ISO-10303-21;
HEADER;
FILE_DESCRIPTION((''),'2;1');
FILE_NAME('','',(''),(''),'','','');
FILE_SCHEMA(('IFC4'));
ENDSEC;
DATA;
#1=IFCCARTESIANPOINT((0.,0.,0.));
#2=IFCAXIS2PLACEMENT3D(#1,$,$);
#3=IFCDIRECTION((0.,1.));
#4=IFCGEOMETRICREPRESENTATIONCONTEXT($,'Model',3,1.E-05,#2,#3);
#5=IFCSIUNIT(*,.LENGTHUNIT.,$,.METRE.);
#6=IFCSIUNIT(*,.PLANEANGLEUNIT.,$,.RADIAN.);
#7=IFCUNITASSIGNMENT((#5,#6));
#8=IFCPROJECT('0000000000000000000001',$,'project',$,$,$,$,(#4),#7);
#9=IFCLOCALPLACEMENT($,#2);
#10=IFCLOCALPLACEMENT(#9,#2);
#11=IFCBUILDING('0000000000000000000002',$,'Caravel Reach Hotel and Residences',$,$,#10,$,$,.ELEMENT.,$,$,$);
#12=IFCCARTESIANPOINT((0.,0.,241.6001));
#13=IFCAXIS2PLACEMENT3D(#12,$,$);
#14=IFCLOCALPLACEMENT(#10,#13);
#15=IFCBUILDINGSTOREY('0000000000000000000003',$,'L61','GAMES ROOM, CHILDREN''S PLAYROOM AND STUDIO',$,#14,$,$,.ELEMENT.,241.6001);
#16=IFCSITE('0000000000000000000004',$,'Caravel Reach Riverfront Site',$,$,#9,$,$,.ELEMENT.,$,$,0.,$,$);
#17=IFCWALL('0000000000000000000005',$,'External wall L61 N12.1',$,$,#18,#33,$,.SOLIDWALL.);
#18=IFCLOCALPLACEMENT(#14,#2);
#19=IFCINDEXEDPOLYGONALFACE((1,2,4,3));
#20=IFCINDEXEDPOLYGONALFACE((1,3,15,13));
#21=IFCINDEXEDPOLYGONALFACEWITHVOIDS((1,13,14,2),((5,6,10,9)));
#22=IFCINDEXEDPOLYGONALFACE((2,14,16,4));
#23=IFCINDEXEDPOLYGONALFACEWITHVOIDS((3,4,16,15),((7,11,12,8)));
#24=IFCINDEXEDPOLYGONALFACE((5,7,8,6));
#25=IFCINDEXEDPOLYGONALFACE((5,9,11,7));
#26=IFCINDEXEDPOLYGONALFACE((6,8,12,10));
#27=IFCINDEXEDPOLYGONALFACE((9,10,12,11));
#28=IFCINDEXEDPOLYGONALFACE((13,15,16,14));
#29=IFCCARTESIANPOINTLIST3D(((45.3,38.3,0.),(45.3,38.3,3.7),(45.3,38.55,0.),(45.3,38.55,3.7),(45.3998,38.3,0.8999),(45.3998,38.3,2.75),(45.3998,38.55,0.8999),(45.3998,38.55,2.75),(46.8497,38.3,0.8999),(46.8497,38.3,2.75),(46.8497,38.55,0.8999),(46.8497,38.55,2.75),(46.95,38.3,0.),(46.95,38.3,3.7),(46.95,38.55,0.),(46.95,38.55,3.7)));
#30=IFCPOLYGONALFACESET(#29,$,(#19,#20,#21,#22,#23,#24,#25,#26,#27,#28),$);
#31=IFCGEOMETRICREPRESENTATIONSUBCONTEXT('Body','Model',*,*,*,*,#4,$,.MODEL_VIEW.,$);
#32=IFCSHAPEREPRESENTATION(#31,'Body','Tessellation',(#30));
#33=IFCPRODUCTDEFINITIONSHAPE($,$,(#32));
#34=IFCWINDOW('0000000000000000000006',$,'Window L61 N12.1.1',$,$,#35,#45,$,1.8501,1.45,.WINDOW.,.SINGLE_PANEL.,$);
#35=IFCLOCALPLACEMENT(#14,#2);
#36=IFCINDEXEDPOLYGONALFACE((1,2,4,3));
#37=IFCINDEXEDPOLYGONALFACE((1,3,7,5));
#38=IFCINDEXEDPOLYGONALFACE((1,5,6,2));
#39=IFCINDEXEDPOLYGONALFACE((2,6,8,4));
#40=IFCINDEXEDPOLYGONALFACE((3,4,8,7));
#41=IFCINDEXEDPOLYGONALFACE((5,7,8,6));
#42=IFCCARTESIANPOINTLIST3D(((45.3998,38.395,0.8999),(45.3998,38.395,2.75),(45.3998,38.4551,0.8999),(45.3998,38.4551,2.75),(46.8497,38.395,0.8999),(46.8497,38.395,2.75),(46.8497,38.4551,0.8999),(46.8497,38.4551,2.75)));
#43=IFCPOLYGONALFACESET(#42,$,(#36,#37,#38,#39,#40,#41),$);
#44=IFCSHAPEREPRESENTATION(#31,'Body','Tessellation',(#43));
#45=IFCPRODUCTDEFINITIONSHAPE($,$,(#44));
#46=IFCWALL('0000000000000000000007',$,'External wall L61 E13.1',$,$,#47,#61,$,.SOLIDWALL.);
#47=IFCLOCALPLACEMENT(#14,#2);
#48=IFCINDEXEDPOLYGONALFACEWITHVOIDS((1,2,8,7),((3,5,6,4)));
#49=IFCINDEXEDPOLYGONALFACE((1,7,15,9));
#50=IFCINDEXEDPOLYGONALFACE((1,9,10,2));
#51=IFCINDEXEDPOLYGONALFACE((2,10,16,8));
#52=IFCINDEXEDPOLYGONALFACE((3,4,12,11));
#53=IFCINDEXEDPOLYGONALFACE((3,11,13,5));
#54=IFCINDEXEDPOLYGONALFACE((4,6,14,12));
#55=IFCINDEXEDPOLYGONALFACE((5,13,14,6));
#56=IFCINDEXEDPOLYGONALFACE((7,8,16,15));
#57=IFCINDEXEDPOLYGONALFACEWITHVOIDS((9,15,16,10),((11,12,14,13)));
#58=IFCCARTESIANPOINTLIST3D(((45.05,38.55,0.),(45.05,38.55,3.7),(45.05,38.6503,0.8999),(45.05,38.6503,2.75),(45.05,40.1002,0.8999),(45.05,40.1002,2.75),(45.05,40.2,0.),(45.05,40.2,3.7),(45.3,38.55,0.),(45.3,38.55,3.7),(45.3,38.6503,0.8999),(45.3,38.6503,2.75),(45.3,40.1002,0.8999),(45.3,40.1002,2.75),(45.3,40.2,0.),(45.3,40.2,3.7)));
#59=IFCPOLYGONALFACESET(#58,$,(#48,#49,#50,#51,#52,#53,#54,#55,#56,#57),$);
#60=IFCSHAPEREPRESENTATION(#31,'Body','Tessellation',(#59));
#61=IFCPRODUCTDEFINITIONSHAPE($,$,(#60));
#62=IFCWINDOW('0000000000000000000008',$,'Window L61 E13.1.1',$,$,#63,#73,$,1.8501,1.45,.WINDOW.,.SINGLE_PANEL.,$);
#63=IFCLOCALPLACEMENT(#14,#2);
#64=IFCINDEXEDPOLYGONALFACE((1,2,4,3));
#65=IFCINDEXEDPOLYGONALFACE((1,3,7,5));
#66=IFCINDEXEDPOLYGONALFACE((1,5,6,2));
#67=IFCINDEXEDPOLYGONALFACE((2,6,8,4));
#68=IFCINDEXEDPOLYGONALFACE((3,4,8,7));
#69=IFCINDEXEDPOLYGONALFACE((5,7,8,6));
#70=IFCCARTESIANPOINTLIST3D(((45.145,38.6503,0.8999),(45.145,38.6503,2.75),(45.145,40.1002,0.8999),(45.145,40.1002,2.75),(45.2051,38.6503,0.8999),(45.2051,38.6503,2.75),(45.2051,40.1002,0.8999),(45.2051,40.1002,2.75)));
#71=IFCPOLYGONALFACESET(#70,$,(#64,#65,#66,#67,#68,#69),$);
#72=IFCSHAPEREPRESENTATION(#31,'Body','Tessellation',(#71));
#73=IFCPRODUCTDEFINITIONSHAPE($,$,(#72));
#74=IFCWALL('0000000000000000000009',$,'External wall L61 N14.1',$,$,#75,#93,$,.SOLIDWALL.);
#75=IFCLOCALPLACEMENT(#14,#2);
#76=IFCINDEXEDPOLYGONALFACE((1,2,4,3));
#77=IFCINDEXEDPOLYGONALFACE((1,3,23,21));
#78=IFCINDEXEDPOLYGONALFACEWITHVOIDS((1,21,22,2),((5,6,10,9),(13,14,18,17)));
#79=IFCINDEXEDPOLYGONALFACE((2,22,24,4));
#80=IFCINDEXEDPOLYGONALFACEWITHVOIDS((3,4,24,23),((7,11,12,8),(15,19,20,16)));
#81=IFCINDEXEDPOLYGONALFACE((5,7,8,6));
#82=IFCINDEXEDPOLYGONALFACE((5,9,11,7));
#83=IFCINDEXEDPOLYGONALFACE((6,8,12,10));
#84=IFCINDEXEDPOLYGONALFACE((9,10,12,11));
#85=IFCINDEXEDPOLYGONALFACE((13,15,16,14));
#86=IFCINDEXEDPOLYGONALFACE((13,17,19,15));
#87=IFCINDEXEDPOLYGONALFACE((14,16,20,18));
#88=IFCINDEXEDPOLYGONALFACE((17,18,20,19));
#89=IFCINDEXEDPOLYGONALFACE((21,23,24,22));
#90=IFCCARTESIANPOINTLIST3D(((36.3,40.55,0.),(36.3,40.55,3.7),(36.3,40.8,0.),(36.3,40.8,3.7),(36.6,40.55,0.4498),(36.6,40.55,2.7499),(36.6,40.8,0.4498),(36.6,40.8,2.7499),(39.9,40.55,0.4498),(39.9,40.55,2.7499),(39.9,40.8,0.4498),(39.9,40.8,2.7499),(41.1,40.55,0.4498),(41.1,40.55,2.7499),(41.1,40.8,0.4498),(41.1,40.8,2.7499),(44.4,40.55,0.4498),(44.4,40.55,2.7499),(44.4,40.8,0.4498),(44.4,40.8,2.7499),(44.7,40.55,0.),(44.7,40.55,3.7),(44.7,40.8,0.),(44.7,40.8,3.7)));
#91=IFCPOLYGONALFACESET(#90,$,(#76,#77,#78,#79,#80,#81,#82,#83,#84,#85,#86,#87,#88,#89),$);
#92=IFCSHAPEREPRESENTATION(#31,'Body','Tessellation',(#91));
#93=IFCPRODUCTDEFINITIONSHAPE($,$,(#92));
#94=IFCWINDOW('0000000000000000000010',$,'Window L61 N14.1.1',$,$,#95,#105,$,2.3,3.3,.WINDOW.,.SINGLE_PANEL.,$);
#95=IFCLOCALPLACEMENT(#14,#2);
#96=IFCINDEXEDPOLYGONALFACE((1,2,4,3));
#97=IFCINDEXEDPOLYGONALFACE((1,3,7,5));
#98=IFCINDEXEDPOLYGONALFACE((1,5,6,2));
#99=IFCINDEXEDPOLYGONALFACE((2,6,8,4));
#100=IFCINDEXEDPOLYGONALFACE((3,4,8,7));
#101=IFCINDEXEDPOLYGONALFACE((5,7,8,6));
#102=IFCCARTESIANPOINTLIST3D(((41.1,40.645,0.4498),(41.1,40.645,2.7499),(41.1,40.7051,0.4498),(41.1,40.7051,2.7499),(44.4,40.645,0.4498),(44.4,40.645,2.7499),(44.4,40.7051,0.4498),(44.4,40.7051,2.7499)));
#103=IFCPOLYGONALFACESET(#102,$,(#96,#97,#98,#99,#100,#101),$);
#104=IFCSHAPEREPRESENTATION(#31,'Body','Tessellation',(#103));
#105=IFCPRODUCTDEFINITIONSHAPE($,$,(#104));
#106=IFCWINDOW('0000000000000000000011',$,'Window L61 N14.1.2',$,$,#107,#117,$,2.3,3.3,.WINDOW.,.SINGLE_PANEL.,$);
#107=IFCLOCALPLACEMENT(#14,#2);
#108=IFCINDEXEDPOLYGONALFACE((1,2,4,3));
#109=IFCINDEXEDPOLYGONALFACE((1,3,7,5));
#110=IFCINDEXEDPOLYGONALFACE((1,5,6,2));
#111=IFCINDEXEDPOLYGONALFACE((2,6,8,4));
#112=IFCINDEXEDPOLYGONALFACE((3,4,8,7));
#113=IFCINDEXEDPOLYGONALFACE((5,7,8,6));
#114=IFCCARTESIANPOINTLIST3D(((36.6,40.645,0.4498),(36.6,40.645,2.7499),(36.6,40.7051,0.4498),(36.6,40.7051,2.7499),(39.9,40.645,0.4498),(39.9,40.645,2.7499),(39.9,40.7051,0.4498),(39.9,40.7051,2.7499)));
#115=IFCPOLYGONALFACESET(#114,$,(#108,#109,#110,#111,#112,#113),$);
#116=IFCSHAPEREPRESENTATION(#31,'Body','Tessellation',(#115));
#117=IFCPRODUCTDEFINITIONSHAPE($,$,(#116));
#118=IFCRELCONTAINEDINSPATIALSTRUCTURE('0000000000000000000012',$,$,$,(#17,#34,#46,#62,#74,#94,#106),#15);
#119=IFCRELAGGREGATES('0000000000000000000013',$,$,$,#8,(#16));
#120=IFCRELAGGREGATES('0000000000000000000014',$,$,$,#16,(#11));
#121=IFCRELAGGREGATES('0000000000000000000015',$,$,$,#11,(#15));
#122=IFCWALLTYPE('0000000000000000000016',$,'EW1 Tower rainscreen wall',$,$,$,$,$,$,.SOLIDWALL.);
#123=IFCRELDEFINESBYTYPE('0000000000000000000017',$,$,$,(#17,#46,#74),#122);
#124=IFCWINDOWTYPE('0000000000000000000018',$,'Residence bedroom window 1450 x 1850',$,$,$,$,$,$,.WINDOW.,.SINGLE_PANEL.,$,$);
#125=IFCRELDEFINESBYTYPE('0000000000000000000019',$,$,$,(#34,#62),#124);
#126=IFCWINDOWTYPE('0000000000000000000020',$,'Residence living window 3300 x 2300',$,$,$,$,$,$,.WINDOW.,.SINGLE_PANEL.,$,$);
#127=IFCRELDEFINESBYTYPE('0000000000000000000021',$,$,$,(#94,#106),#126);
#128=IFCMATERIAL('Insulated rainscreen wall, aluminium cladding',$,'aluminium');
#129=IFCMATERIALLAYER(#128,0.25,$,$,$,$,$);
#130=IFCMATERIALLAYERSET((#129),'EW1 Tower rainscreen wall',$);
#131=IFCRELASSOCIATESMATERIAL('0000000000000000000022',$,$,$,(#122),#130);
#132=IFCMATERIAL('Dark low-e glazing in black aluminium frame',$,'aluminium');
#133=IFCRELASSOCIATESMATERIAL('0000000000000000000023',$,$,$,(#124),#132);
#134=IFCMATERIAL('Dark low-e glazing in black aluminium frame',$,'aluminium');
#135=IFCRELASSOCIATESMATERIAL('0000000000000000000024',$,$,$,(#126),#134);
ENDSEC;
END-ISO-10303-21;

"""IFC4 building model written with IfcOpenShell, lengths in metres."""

from ifc_helpers import new_model, si_unit, direction, frame, frame_2d, origin, place, context, subcontext, project, spatial, rectangle, extrude, material, layer, layer_set, type_object, element, fill, save


model = new_model("IFC4")

# Units and contexts
model_context = context("Model", 3, precision=1e-05, world=origin(), true_north=direction((0.0, 1.0)))
body_context = subcontext(model_context, "Body", "Model", "MODEL_VIEW")
ifc_project = project(units=[si_unit("LENGTHUNIT", "METRE"), si_unit("PLANEANGLEUNIT", "RADIAN")], contexts=[model_context])

# Site, building, storey
site_placement = place(None, origin())
site = spatial("IfcSite", under=ifc_project, at=site_placement, Name="Caravel Reach Riverfront Site", CompositionType="ELEMENT", RefElevation=0.0)
building_placement = place(site_placement, origin())
building = spatial("IfcBuilding", under=site, at=building_placement, Name="Caravel Reach Hotel and Residences", CompositionType="ELEMENT")
storey_placement = place(building_placement, frame((0.0, 0.0, 241.6001)))
storey = spatial("IfcBuildingStorey", under=building, at=storey_placement, Name="L61", Description="GAMES ROOM, CHILDREN'S PLAYROOM AND STUDIO", CompositionType="ELEMENT", Elevation=241.6001)

# Walls, openings, windows
ifc_material_1 = material(Name="Insulated rainscreen wall, aluminium cladding", Category="aluminium")
ifc_layer = layer(ifc_material_1, 0.25)
ifc_layer_set = layer_set([ifc_layer], Name="EW1 Tower rainscreen wall")
wall_type = type_object("IfcWallType", Name="EW1 Tower rainscreen wall", PredefinedType="SOLIDWALL", material=ifc_layer_set)
ifc_material_2 = material(Name="Dark low-e glazing in black aluminium frame", Category="aluminium")
window_type_1 = type_object("IfcWindowType", Name="Residence bedroom window 1450 x 1850", PartitioningType="SINGLE_PANEL", PredefinedType="WINDOW", material=ifc_material_2)
wall_1_placement = place(storey_placement, frame((46.95, 38.425, 0.0), z_axis=(0.0, 0.0, 1.0), x_axis=(-1.0, 0.0, 0.0)))
wall_1 = element("IfcWall", 1, at=wall_1_placement, inside=storey, type_object=wall_type, Name="External wall L61 N12.1", PredefinedType="SOLIDWALL", context=body_context, shape_type="SweptSolid", body=[
    extrude(rectangle(XDim=1.6499, YDim=0.25, at=frame_2d((0.825, 0.0))), origin(), (0.0, 0.0, 1.0), 3.7),
])
opening_1_placement = place(wall_1_placement, frame((0.1001, 0.0, 0.8999)))
opening_1 = element("IfcOpeningElement", 2, at=opening_1_placement, cuts=wall_1, PredefinedType="OPENING", context=body_context, shape_type="SweptSolid", body=[
    extrude(rectangle(XDim=1.45, YDim=1.8501, at=frame_2d((0.7251, 0.925))), frame((0.0, 0.135, 0.0), z_axis=(0.0, -1.0, 0.0), x_axis=(1.0, 0.0, 0.0)), (0.0, 0.0, 1.0), 0.27),
])
window_1_placement = place(opening_1_placement, origin())
window_1 = element("IfcWindow", 3, at=window_1_placement, inside=storey, type_object=window_type_1, Name="Window L61 N12.1.1", OverallHeight=1.8501, OverallWidth=1.45, PartitioningType="SINGLE_PANEL", PredefinedType="WINDOW", context=body_context, shape_type="SweptSolid", body=[
    extrude(rectangle(XDim=1.45, YDim=1.8501, at=frame_2d((0.7251, 0.925))), frame((0.0, 0.03, 0.0), z_axis=(0.0, -1.0, 0.0), x_axis=(1.0, 0.0, 0.0)), (0.0, 0.0, 1.0), 0.0601),
])
fill(opening_1, window_1)
wall_2_placement = place(storey_placement, frame((45.175, 38.55, 0.0), z_axis=(0.0, 0.0, 1.0), x_axis=(0.0, 1.0, 0.0)))
wall_2 = element("IfcWall", 4, at=wall_2_placement, inside=storey, type_object=wall_type, Name="External wall L61 E13.1", PredefinedType="SOLIDWALL", context=body_context, shape_type="SweptSolid", body=[
    extrude(rectangle(XDim=1.6499, YDim=0.25, at=frame_2d((0.825, 0.0))), origin(), (0.0, 0.0, 1.0), 3.7),
])
opening_2_placement = place(wall_2_placement, frame((0.1001, 0.0, 0.8999)))
opening_2 = element("IfcOpeningElement", 5, at=opening_2_placement, cuts=wall_2, PredefinedType="OPENING", context=body_context, shape_type="SweptSolid", body=[
    extrude(rectangle(XDim=1.45, YDim=1.8501, at=frame_2d((0.7251, 0.925))), frame((0.0, 0.135, 0.0), z_axis=(0.0, -1.0, 0.0), x_axis=(1.0, 0.0, 0.0)), (0.0, 0.0, 1.0), 0.27),
])
window_2_placement = place(opening_2_placement, origin())
window_2 = element("IfcWindow", 6, at=window_2_placement, inside=storey, type_object=window_type_1, Name="Window L61 E13.1.1", OverallHeight=1.8501, OverallWidth=1.45, PartitioningType="SINGLE_PANEL", PredefinedType="WINDOW", context=body_context, shape_type="SweptSolid", body=[
    extrude(rectangle(XDim=1.45, YDim=1.8501, at=frame_2d((0.7251, 0.925))), frame((0.0, 0.03, 0.0), z_axis=(0.0, -1.0, 0.0), x_axis=(1.0, 0.0, 0.0)), (0.0, 0.0, 1.0), 0.0601),
])
fill(opening_2, window_2)

# Wall, openings, windows
wall_3_placement = place(storey_placement, frame((44.7, 40.675, 0.0), z_axis=(0.0, 0.0, 1.0), x_axis=(-1.0, 0.0, 0.0)))
wall_3 = element("IfcWall", 7, at=wall_3_placement, inside=storey, type_object=wall_type, Name="External wall L61 N14.1", PredefinedType="SOLIDWALL", context=body_context, shape_type="SweptSolid", body=[
    extrude(rectangle(XDim=8.3999, YDim=0.25, at=frame_2d((4.2, 0.0))), origin(), (0.0, 0.0, 1.0), 3.7),
])
opening_3_placement = place(wall_3_placement, frame((0.3, 0.0, 0.45)))
opening_3 = element("IfcOpeningElement", 8, at=opening_3_placement, cuts=wall_3, PredefinedType="OPENING", context=body_context, shape_type="SweptSolid", body=[
    extrude(rectangle(XDim=3.3, YDim=2.3, at=frame_2d((1.6499, 1.1499))), frame((0.0, 0.135, 0.0), z_axis=(0.0, -1.0, 0.0), x_axis=(1.0, 0.0, 0.0)), (0.0, 0.0, 1.0), 0.27),
])
opening_4_placement = place(wall_3_placement, frame((4.8, 0.0, 0.45)))
opening_4 = element("IfcOpeningElement", 9, at=opening_4_placement, cuts=wall_3, PredefinedType="OPENING", context=body_context, shape_type="SweptSolid", body=[
    extrude(rectangle(XDim=3.3, YDim=2.3, at=frame_2d((1.6499, 1.1499))), frame((0.0, 0.135, 0.0), z_axis=(0.0, -1.0, 0.0), x_axis=(1.0, 0.0, 0.0)), (0.0, 0.0, 1.0), 0.27),
])
ifc_material_3 = material(Name="Dark low-e glazing in black aluminium frame", Category="aluminium")
window_type_2 = type_object("IfcWindowType", Name="Residence living window 3300 x 2300", PartitioningType="SINGLE_PANEL", PredefinedType="WINDOW", material=ifc_material_3)
window_3_placement = place(opening_3_placement, origin())
window_3 = element("IfcWindow", 10, at=window_3_placement, inside=storey, type_object=window_type_2, Name="Window L61 N14.1.1", OverallHeight=2.3, OverallWidth=3.3, PartitioningType="SINGLE_PANEL", PredefinedType="WINDOW", context=body_context, shape_type="SweptSolid", body=[
    extrude(rectangle(XDim=3.3, YDim=2.3, at=frame_2d((1.6499, 1.1499))), frame((0.0, 0.03, 0.0), z_axis=(0.0, -1.0, 0.0), x_axis=(1.0, 0.0, 0.0)), (0.0, 0.0, 1.0), 0.0601),
])
fill(opening_3, window_3)
window_4_placement = place(opening_4_placement, origin())
window_4 = element("IfcWindow", 11, at=window_4_placement, inside=storey, type_object=window_type_2, Name="Window L61 N14.1.2", OverallHeight=2.3, OverallWidth=3.3, PartitioningType="SINGLE_PANEL", PredefinedType="WINDOW", context=body_context, shape_type="SweptSolid", body=[
    extrude(rectangle(XDim=3.3, YDim=2.3, at=frame_2d((1.6499, 1.1499))), frame((0.0, 0.03, 0.0), z_axis=(0.0, -1.0, 0.0), x_axis=(1.0, 0.0, 0.0)), (0.0, 0.0, 1.0), 0.0601),
])
fill(opening_4, window_4)

save(model, "model.ifc")
